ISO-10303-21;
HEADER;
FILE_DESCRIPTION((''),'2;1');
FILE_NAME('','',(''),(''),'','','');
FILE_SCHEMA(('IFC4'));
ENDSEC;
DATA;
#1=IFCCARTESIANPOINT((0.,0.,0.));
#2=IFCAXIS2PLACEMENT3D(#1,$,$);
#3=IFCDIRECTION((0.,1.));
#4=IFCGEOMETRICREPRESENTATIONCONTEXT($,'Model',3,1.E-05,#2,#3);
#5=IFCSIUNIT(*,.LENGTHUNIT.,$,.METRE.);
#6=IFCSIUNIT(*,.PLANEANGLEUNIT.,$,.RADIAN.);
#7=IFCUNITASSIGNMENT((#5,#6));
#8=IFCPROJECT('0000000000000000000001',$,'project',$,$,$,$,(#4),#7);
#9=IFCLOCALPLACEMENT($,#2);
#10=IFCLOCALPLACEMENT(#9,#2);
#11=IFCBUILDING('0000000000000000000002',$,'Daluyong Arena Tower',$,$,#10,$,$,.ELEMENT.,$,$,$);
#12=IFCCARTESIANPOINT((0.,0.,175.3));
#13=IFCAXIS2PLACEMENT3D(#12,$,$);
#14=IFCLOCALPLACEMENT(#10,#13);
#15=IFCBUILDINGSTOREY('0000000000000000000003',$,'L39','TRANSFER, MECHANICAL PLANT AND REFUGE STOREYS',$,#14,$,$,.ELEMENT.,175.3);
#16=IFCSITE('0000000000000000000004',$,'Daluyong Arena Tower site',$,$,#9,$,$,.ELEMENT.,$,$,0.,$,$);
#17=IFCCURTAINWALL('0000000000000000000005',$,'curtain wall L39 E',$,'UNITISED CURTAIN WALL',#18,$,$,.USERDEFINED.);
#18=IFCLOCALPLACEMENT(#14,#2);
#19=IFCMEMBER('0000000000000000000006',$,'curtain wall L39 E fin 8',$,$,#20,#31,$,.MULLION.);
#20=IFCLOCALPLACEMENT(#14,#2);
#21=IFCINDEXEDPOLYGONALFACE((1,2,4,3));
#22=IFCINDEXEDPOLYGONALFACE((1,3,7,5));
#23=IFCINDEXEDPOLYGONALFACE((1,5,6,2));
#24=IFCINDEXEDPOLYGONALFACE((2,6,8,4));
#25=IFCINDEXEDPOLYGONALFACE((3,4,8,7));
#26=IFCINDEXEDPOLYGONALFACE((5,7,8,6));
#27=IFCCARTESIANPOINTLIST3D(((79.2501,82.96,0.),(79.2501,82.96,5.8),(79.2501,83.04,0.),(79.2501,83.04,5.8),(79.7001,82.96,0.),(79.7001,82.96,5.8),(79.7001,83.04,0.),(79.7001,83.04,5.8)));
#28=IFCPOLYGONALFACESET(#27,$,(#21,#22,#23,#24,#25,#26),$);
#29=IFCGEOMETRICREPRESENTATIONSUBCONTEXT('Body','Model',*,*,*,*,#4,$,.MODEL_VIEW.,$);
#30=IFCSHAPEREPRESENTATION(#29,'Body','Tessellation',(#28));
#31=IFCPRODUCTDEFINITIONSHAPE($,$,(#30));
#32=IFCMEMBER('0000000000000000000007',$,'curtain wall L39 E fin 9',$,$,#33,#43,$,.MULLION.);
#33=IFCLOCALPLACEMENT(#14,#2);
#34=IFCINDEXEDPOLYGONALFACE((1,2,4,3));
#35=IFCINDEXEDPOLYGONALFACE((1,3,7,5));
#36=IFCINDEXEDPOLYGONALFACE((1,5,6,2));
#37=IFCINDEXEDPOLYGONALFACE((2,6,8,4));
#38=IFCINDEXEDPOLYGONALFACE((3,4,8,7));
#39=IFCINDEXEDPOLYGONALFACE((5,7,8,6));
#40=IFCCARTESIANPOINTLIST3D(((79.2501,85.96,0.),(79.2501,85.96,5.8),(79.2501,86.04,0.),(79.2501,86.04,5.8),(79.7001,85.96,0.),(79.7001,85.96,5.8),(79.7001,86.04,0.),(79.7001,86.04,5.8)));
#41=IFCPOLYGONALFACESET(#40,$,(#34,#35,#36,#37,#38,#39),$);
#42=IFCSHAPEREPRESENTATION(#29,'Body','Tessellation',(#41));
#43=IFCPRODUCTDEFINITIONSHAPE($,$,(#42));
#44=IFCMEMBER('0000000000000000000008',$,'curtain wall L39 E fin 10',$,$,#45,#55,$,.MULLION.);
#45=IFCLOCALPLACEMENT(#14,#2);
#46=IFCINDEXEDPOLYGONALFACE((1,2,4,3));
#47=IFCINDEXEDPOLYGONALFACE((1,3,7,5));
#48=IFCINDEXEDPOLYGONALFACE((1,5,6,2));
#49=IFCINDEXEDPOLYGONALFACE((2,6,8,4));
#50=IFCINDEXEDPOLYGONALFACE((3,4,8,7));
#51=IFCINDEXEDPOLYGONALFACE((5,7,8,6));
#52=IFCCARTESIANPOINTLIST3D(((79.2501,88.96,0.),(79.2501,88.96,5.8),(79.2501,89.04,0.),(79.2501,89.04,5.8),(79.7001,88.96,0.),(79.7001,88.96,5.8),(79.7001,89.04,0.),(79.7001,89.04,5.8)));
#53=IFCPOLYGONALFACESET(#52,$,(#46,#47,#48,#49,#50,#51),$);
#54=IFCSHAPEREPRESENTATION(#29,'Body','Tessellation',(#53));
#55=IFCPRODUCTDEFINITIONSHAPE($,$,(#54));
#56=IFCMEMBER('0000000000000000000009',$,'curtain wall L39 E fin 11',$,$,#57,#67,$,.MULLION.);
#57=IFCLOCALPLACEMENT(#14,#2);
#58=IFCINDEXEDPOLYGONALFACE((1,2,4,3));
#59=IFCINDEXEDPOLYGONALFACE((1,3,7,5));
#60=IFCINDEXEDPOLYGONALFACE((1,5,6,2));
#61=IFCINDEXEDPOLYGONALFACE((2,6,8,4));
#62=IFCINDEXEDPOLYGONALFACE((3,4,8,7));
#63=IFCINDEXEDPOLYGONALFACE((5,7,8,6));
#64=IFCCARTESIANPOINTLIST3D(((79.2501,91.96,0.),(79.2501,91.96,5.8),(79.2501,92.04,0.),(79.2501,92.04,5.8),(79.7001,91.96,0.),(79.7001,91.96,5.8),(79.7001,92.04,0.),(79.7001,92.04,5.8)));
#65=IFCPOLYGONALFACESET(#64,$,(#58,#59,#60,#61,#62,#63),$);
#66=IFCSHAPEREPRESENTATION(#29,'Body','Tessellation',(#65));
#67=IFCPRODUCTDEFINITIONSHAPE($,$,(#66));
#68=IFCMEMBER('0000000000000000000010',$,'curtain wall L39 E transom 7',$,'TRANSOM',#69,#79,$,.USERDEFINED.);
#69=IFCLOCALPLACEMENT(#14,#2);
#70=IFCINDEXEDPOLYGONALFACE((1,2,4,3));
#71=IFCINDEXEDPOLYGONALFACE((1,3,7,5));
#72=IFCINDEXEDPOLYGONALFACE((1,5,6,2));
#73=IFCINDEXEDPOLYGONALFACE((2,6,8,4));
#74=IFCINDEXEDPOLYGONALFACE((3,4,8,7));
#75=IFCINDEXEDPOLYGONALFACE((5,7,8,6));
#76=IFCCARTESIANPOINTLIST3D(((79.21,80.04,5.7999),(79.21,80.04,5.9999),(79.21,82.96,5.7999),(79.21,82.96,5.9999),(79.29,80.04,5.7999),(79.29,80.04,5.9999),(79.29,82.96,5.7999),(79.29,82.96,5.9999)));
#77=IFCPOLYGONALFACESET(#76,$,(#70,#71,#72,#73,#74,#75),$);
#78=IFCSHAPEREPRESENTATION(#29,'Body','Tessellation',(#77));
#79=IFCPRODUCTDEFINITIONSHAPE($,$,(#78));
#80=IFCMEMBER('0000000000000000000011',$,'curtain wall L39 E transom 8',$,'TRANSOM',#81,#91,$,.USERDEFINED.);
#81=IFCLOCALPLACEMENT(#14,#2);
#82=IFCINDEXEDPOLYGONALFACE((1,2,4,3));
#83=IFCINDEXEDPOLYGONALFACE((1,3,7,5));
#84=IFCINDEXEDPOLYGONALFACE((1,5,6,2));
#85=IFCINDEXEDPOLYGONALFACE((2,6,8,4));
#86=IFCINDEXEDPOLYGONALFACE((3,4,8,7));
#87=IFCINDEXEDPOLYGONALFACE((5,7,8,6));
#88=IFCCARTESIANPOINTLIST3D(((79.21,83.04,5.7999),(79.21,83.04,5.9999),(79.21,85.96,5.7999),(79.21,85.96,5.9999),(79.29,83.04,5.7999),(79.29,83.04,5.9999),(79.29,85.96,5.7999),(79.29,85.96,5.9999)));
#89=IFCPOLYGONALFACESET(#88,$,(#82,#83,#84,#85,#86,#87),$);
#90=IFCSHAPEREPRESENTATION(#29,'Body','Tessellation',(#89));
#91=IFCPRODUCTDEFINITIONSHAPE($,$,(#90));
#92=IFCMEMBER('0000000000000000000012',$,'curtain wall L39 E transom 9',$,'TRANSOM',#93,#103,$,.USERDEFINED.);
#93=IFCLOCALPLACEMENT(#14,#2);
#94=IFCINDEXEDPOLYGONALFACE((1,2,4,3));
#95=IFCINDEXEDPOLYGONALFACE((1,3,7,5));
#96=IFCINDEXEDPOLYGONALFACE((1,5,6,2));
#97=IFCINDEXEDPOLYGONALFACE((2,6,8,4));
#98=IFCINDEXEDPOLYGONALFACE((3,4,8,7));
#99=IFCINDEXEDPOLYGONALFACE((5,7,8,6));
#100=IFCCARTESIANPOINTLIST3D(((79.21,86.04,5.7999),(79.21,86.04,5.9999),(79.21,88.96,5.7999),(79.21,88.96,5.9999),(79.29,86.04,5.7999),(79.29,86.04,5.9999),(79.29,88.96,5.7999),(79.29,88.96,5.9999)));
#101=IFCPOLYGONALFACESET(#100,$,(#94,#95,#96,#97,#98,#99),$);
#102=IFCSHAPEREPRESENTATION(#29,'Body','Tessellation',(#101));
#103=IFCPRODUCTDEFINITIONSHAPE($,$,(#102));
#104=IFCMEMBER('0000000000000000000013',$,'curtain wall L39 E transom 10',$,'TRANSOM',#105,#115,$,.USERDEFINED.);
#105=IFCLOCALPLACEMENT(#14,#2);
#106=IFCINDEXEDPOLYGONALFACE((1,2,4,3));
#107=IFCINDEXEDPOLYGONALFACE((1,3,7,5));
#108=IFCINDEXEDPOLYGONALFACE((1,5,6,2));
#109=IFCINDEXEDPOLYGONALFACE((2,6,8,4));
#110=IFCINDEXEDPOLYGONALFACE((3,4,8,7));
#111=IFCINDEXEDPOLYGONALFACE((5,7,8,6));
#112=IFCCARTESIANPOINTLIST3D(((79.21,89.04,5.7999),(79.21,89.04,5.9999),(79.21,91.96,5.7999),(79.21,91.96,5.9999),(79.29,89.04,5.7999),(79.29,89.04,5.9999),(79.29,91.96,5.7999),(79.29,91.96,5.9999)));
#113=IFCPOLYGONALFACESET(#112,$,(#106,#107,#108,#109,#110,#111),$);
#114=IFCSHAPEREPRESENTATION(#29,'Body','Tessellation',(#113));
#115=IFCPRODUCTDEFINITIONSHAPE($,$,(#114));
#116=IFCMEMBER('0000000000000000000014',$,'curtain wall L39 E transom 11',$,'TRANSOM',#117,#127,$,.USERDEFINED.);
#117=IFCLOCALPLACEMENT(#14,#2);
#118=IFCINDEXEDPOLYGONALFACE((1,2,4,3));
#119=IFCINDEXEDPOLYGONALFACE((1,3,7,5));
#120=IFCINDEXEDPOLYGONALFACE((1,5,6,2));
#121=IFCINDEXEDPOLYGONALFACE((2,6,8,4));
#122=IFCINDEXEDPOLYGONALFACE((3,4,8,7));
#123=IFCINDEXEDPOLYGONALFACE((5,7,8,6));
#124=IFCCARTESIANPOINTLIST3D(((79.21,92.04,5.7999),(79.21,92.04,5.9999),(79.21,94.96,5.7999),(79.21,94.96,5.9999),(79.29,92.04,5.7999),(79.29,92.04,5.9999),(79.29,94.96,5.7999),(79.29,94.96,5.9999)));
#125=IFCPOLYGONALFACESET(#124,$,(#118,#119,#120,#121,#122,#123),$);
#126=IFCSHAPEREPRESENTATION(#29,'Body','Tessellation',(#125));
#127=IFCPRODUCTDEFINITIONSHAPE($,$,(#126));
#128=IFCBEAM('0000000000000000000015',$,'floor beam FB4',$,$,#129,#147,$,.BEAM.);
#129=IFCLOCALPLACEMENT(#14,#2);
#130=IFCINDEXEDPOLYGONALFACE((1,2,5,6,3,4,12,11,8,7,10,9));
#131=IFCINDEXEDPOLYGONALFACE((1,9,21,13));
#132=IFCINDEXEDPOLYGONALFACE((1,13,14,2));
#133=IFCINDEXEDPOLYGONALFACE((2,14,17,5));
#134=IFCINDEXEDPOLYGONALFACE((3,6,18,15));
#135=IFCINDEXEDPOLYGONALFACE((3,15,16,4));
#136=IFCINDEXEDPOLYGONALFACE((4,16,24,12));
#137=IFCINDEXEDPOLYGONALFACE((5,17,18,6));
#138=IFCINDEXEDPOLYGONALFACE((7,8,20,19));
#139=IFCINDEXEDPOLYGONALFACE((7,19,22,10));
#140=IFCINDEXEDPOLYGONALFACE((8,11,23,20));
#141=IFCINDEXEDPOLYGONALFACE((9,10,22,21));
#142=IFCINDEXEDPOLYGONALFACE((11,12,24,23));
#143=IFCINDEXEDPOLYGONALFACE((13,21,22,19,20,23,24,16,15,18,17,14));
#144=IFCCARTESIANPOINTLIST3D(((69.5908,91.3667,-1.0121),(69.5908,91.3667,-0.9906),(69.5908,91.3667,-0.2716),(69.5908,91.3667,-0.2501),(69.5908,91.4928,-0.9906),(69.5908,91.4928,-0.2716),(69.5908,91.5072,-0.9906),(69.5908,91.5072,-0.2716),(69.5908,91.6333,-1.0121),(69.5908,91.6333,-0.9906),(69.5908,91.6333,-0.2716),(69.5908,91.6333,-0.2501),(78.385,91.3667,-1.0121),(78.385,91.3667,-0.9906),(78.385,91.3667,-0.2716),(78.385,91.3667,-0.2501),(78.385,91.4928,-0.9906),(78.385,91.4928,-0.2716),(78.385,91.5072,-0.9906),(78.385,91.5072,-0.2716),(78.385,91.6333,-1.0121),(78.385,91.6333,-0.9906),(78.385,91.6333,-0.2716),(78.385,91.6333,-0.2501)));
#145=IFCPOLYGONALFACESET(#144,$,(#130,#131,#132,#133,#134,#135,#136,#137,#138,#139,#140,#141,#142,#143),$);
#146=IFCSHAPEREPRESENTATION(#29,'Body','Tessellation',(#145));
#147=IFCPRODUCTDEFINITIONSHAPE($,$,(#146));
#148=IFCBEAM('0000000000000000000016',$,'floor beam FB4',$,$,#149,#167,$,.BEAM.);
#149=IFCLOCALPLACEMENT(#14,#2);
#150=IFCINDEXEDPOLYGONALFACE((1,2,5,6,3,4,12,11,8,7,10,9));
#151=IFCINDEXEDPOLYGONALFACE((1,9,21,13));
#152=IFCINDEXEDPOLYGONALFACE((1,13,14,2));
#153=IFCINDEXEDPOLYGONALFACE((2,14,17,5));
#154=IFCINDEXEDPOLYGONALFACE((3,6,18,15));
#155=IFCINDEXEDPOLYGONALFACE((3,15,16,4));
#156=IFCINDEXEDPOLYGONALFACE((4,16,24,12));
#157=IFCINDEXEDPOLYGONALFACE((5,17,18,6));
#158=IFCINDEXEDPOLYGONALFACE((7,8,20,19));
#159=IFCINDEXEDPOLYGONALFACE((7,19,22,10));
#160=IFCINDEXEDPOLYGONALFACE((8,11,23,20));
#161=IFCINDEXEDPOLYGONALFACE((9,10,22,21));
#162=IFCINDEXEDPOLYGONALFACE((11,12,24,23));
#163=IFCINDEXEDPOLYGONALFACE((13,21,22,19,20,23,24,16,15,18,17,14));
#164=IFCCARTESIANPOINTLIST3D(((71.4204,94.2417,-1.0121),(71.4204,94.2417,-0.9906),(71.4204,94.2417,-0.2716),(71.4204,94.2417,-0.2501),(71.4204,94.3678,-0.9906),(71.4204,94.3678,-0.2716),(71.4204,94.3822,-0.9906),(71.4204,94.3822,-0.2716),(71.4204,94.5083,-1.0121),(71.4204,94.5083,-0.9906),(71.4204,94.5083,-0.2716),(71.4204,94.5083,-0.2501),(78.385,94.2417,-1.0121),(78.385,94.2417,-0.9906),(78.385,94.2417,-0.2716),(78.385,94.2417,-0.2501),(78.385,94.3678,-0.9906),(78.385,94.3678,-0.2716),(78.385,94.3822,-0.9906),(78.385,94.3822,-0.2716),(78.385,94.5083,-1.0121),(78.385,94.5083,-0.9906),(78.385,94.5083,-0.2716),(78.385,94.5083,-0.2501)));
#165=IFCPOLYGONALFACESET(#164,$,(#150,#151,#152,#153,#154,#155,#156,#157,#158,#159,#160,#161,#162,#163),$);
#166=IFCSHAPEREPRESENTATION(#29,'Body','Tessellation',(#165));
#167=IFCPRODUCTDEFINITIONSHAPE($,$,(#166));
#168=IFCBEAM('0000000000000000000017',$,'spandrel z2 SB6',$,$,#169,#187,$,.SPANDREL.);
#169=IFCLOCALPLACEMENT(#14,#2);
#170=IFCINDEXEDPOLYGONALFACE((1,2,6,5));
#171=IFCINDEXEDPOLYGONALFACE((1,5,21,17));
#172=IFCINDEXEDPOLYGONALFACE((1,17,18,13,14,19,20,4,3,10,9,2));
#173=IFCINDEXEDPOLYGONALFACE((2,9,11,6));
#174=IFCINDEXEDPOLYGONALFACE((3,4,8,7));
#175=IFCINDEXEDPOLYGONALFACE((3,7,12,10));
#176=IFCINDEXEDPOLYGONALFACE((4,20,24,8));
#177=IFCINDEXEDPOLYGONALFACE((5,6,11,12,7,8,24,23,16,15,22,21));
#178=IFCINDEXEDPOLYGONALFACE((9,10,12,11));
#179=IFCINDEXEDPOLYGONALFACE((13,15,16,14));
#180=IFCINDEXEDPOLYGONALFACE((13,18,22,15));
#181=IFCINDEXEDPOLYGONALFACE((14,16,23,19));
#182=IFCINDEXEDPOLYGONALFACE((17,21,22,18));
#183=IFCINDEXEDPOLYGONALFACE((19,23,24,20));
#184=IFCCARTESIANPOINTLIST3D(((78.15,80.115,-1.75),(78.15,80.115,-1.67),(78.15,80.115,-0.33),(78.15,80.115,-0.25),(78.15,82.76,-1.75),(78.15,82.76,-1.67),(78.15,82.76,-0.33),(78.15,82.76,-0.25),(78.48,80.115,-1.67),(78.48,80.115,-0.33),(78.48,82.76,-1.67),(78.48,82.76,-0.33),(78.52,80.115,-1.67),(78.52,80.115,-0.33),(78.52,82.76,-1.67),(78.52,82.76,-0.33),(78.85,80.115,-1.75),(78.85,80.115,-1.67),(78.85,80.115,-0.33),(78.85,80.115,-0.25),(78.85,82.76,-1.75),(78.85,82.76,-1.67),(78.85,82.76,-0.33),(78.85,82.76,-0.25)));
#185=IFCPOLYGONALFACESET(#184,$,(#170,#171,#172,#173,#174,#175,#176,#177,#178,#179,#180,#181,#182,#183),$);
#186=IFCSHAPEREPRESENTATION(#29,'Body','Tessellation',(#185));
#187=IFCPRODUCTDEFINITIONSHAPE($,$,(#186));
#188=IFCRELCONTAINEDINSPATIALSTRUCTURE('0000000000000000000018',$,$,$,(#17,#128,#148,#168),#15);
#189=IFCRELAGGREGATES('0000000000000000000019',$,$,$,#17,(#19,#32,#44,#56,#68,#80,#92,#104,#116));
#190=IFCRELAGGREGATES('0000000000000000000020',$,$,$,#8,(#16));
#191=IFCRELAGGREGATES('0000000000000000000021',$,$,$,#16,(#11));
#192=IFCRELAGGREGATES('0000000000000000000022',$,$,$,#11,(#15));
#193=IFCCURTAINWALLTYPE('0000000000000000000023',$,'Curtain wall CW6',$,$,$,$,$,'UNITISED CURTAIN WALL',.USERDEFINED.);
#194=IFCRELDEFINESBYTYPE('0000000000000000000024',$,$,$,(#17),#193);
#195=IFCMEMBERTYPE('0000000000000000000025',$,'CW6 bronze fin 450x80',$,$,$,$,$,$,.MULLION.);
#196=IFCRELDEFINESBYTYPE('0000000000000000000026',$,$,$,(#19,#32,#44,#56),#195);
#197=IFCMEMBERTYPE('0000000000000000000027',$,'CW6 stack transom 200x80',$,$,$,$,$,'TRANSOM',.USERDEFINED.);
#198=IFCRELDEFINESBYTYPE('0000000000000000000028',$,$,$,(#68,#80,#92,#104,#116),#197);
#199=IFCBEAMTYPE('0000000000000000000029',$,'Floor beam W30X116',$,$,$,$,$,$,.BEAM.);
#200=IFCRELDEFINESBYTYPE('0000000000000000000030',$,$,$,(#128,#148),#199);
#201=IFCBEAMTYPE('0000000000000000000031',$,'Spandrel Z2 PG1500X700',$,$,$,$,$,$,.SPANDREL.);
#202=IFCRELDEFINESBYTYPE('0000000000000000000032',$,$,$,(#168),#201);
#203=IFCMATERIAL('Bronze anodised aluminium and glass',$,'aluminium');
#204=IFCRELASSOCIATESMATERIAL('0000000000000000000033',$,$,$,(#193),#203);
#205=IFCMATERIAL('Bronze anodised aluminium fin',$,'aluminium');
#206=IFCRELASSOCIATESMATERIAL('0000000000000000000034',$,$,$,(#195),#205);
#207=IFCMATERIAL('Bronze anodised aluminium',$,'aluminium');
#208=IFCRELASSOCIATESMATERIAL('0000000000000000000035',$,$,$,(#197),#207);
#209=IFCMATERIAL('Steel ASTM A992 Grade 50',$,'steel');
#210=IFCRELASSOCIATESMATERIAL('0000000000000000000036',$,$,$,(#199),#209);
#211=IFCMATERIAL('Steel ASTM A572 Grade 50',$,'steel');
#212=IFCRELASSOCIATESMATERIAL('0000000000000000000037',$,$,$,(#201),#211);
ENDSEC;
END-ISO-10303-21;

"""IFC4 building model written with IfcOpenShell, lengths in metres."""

from ifc_helpers import new_model, si_unit, direction, frame, origin, origin_2d, place, context, subcontext, project, spatial, rectangle, i_section, extrude, material, material_profile, profile_set, type_object, element, aggregate, save


model = new_model("IFC4")

# Units and contexts
model_context = context("Model", 3, precision=1e-05, world=origin(), true_north=direction((0.0, 1.0)))
body_context = subcontext(model_context, "Body", "Model", "MODEL_VIEW")
ifc_project = project(units=[si_unit("LENGTHUNIT", "METRE"), si_unit("PLANEANGLEUNIT", "RADIAN")], contexts=[model_context])

# Site, building, storey
site_placement = place(None, origin())
site = spatial("IfcSite", under=ifc_project, at=site_placement, Name="Daluyong Arena Tower site", CompositionType="ELEMENT", RefElevation=0.0)
building_placement = place(site_placement, origin())
building = spatial("IfcBuilding", under=site, at=building_placement, Name="Daluyong Arena Tower", CompositionType="ELEMENT")
storey_placement = place(building_placement, frame((0.0, 0.0, 175.3)))
storey = spatial("IfcBuildingStorey", under=building, at=storey_placement, Name="L39", Description="TRANSFER, MECHANICAL PLANT AND REFUGE STOREYS", CompositionType="ELEMENT", Elevation=175.3)

# Curtain wall, members
ifc_material_1 = material(Name="Bronze anodised aluminium and glass", Category="aluminium")
curtain_wall_type = type_object("IfcCurtainWallType", Name="Curtain wall CW6", ElementType="UNITISED CURTAIN WALL", PredefinedType="USERDEFINED", material=ifc_material_1)
curtain_wall_placement = place(storey_placement, origin())
curtain_wall = element("IfcCurtainWall", 1, at=curtain_wall_placement, inside=storey, type_object=curtain_wall_type, Name="curtain wall L39 E", ObjectType="UNITISED CURTAIN WALL", PredefinedType="USERDEFINED")
ifc_material_2 = material(Name="Bronze anodised aluminium fin", Category="aluminium")
ifc_material_profile_1 = material_profile(ifc_material_2, rectangle(XDim=0.45, YDim=0.0801, at=origin_2d()))
ifc_profile_set_1 = profile_set([ifc_material_profile_1], Name="Bronze anodised aluminium fin")
member_type_1 = type_object("IfcMemberType", Name="CW6 bronze fin 450x80", PredefinedType="MULLION", material=ifc_profile_set_1)
member_1_placement = place(storey_placement, frame((79.4751, 83.0, 0.0), z_axis=(0.0, 0.0, 1.0), x_axis=(-1.0, 0.0, 0.0)))
member_1 = element("IfcMember", 2, at=member_1_placement, type_object=member_type_1, Name="curtain wall L39 E fin 8", PredefinedType="MULLION", context=body_context, shape_type="SweptSolid", body=[
    extrude(rectangle(XDim=0.45, YDim=0.0801, at=origin_2d()), origin(), (0.0, 0.0, 1.0), 5.8),
])
member_2_placement = place(storey_placement, frame((79.4751, 86.0, 0.0), z_axis=(0.0, 0.0, 1.0), x_axis=(-1.0, 0.0, 0.0)))
member_2 = element("IfcMember", 3, at=member_2_placement, type_object=member_type_1, Name="curtain wall L39 E fin 9", PredefinedType="MULLION", context=body_context, shape_type="SweptSolid", body=[
    extrude(rectangle(XDim=0.45, YDim=0.0801, at=origin_2d()), origin(), (0.0, 0.0, 1.0), 5.8),
])
member_3_placement = place(storey_placement, frame((79.4751, 89.0, 0.0), z_axis=(0.0, 0.0, 1.0), x_axis=(-1.0, 0.0, 0.0)))
member_3 = element("IfcMember", 4, at=member_3_placement, type_object=member_type_1, Name="curtain wall L39 E fin 10", PredefinedType="MULLION", context=body_context, shape_type="SweptSolid", body=[
    extrude(rectangle(XDim=0.45, YDim=0.0801, at=origin_2d()), origin(), (0.0, 0.0, 1.0), 5.8),
])
member_4_placement = place(storey_placement, frame((79.4751, 92.0, 0.0), z_axis=(0.0, 0.0, 1.0), x_axis=(-1.0, 0.0, 0.0)))
member_4 = element("IfcMember", 5, at=member_4_placement, type_object=member_type_1, Name="curtain wall L39 E fin 11", PredefinedType="MULLION", context=body_context, shape_type="SweptSolid", body=[
    extrude(rectangle(XDim=0.45, YDim=0.0801, at=origin_2d()), origin(), (0.0, 0.0, 1.0), 5.8),
])
ifc_material_3 = material(Name="Bronze anodised aluminium", Category="aluminium")
ifc_material_profile_2 = material_profile(ifc_material_3, rectangle(XDim=0.0801, YDim=0.2, at=origin_2d()))
ifc_profile_set_2 = profile_set([ifc_material_profile_2], Name="Bronze anodised aluminium")
member_type_2 = type_object("IfcMemberType", Name="CW6 stack transom 200x80", ElementType="TRANSOM", PredefinedType="USERDEFINED", material=ifc_profile_set_2)
member_5_placement = place(storey_placement, frame((79.25, 80.04, 5.8999), z_axis=(0.0, 1.0, 0.0), x_axis=(-1.0, 0.0, 0.0)))
member_5 = element("IfcMember", 6, at=member_5_placement, type_object=member_type_2, Name="curtain wall L39 E transom 7", ObjectType="TRANSOM", PredefinedType="USERDEFINED", context=body_context, shape_type="SweptSolid", body=[
    extrude(rectangle(XDim=0.0801, YDim=0.2, at=origin_2d()), origin(), (0.0, 0.0, 1.0), 2.9199),
])
member_6_placement = place(storey_placement, frame((79.25, 83.04, 5.8999), z_axis=(0.0, 1.0, 0.0), x_axis=(-1.0, 0.0, 0.0)))
member_6 = element("IfcMember", 7, at=member_6_placement, type_object=member_type_2, Name="curtain wall L39 E transom 8", ObjectType="TRANSOM", PredefinedType="USERDEFINED", context=body_context, shape_type="SweptSolid", body=[
    extrude(rectangle(XDim=0.0801, YDim=0.2, at=origin_2d()), origin(), (0.0, 0.0, 1.0), 2.9199),
])
member_7_placement = place(storey_placement, frame((79.25, 86.04, 5.8999), z_axis=(0.0, 1.0, 0.0), x_axis=(-1.0, 0.0, 0.0)))
member_7 = element("IfcMember", 8, at=member_7_placement, type_object=member_type_2, Name="curtain wall L39 E transom 9", ObjectType="TRANSOM", PredefinedType="USERDEFINED", context=body_context, shape_type="SweptSolid", body=[
    extrude(rectangle(XDim=0.0801, YDim=0.2, at=origin_2d()), origin(), (0.0, 0.0, 1.0), 2.9199),
])
member_8_placement = place(storey_placement, frame((79.25, 89.04, 5.8999), z_axis=(0.0, 1.0, 0.0), x_axis=(-1.0, 0.0, 0.0)))
member_8 = element("IfcMember", 9, at=member_8_placement, type_object=member_type_2, Name="curtain wall L39 E transom 10", ObjectType="TRANSOM", PredefinedType="USERDEFINED", context=body_context, shape_type="SweptSolid", body=[
    extrude(rectangle(XDim=0.0801, YDim=0.2, at=origin_2d()), origin(), (0.0, 0.0, 1.0), 2.9199),
])
member_9_placement = place(storey_placement, frame((79.25, 92.04, 5.8999), z_axis=(0.0, 1.0, 0.0), x_axis=(-1.0, 0.0, 0.0)))
member_9 = element("IfcMember", 10, at=member_9_placement, type_object=member_type_2, Name="curtain wall L39 E transom 11", ObjectType="TRANSOM", PredefinedType="USERDEFINED", context=body_context, shape_type="SweptSolid", body=[
    extrude(rectangle(XDim=0.0801, YDim=0.2, at=origin_2d()), origin(), (0.0, 0.0, 1.0), 2.9199),
])

# Beams
ifc_material_4 = material(Name="Steel ASTM A992 Grade 50", Category="steel")
ifc_material_profile_3 = material_profile(ifc_material_4, i_section(OverallWidth=0.2666, OverallDepth=0.762, WebThickness=0.0144, FlangeThickness=0.0215, at=origin_2d()))
ifc_profile_set_3 = profile_set([ifc_material_profile_3], Name="Steel ASTM A992 Grade 50")
beam_type_1 = type_object("IfcBeamType", Name="Floor beam W30X116", PredefinedType="BEAM", material=ifc_profile_set_3)
beam_1_placement = place(storey_placement, frame((78.385, 91.5, -0.6311), z_axis=(-1.0, 0.0, 0.0), x_axis=(0.0, -1.0, 0.0)))
element("IfcBeam", 11, at=beam_1_placement, inside=storey, type_object=beam_type_1, Name="floor beam FB4", PredefinedType="BEAM", context=body_context, shape_type="SweptSolid", body=[
    extrude(i_section(OverallWidth=0.2666, OverallDepth=0.762, WebThickness=0.0144, FlangeThickness=0.0215, at=origin_2d()), origin(), (0.0, 0.0, 1.0), 8.7942),
])
beam_2_placement = place(storey_placement, frame((78.385, 94.375, -0.6311), z_axis=(-1.0, 0.0, 0.0), x_axis=(0.0, -1.0, 0.0)))
element("IfcBeam", 12, at=beam_2_placement, inside=storey, type_object=beam_type_1, Name="floor beam FB4", PredefinedType="BEAM", context=body_context, shape_type="SweptSolid", body=[
    extrude(i_section(OverallWidth=0.2666, OverallDepth=0.762, WebThickness=0.0144, FlangeThickness=0.0215, at=origin_2d()), origin(), (0.0, 0.0, 1.0), 6.9646),
])
ifc_material_5 = material(Name="Steel ASTM A572 Grade 50", Category="steel")
ifc_material_profile_4 = material_profile(ifc_material_5, i_section(OverallWidth=0.7, OverallDepth=1.5, WebThickness=0.04, FlangeThickness=0.08, at=origin_2d()))
ifc_profile_set_4 = profile_set([ifc_material_profile_4], Name="Steel ASTM A572 Grade 50")
beam_type_2 = type_object("IfcBeamType", Name="Spandrel Z2 PG1500X700", PredefinedType="SPANDREL", material=ifc_profile_set_4)
for number, where, z_axis, x_axis, name in (
    (13, (78.5, 80.115, -1.0), (0.0, 1.0, 0.0), (-1.0, 0.0, 0.0), "spandrel z2 SB6"),
):
    element("IfcBeam", number, at=place(storey_placement, frame(where, z_axis=z_axis, x_axis=x_axis)), inside=storey, type_object=beam_type_2, Name=name, PredefinedType="SPANDREL", context=body_context, shape_type="SweptSolid", body=[
        extrude(i_section(OverallWidth=0.7, OverallDepth=1.5, WebThickness=0.04, FlangeThickness=0.08, at=origin_2d()), origin(), (0.0, 0.0, 1.0), 2.645),
    ])

aggregate(curtain_wall, [member_1, member_2, member_3, member_4, member_5, member_6, member_7, member_8, member_9])

save(model, "model.ifc")
